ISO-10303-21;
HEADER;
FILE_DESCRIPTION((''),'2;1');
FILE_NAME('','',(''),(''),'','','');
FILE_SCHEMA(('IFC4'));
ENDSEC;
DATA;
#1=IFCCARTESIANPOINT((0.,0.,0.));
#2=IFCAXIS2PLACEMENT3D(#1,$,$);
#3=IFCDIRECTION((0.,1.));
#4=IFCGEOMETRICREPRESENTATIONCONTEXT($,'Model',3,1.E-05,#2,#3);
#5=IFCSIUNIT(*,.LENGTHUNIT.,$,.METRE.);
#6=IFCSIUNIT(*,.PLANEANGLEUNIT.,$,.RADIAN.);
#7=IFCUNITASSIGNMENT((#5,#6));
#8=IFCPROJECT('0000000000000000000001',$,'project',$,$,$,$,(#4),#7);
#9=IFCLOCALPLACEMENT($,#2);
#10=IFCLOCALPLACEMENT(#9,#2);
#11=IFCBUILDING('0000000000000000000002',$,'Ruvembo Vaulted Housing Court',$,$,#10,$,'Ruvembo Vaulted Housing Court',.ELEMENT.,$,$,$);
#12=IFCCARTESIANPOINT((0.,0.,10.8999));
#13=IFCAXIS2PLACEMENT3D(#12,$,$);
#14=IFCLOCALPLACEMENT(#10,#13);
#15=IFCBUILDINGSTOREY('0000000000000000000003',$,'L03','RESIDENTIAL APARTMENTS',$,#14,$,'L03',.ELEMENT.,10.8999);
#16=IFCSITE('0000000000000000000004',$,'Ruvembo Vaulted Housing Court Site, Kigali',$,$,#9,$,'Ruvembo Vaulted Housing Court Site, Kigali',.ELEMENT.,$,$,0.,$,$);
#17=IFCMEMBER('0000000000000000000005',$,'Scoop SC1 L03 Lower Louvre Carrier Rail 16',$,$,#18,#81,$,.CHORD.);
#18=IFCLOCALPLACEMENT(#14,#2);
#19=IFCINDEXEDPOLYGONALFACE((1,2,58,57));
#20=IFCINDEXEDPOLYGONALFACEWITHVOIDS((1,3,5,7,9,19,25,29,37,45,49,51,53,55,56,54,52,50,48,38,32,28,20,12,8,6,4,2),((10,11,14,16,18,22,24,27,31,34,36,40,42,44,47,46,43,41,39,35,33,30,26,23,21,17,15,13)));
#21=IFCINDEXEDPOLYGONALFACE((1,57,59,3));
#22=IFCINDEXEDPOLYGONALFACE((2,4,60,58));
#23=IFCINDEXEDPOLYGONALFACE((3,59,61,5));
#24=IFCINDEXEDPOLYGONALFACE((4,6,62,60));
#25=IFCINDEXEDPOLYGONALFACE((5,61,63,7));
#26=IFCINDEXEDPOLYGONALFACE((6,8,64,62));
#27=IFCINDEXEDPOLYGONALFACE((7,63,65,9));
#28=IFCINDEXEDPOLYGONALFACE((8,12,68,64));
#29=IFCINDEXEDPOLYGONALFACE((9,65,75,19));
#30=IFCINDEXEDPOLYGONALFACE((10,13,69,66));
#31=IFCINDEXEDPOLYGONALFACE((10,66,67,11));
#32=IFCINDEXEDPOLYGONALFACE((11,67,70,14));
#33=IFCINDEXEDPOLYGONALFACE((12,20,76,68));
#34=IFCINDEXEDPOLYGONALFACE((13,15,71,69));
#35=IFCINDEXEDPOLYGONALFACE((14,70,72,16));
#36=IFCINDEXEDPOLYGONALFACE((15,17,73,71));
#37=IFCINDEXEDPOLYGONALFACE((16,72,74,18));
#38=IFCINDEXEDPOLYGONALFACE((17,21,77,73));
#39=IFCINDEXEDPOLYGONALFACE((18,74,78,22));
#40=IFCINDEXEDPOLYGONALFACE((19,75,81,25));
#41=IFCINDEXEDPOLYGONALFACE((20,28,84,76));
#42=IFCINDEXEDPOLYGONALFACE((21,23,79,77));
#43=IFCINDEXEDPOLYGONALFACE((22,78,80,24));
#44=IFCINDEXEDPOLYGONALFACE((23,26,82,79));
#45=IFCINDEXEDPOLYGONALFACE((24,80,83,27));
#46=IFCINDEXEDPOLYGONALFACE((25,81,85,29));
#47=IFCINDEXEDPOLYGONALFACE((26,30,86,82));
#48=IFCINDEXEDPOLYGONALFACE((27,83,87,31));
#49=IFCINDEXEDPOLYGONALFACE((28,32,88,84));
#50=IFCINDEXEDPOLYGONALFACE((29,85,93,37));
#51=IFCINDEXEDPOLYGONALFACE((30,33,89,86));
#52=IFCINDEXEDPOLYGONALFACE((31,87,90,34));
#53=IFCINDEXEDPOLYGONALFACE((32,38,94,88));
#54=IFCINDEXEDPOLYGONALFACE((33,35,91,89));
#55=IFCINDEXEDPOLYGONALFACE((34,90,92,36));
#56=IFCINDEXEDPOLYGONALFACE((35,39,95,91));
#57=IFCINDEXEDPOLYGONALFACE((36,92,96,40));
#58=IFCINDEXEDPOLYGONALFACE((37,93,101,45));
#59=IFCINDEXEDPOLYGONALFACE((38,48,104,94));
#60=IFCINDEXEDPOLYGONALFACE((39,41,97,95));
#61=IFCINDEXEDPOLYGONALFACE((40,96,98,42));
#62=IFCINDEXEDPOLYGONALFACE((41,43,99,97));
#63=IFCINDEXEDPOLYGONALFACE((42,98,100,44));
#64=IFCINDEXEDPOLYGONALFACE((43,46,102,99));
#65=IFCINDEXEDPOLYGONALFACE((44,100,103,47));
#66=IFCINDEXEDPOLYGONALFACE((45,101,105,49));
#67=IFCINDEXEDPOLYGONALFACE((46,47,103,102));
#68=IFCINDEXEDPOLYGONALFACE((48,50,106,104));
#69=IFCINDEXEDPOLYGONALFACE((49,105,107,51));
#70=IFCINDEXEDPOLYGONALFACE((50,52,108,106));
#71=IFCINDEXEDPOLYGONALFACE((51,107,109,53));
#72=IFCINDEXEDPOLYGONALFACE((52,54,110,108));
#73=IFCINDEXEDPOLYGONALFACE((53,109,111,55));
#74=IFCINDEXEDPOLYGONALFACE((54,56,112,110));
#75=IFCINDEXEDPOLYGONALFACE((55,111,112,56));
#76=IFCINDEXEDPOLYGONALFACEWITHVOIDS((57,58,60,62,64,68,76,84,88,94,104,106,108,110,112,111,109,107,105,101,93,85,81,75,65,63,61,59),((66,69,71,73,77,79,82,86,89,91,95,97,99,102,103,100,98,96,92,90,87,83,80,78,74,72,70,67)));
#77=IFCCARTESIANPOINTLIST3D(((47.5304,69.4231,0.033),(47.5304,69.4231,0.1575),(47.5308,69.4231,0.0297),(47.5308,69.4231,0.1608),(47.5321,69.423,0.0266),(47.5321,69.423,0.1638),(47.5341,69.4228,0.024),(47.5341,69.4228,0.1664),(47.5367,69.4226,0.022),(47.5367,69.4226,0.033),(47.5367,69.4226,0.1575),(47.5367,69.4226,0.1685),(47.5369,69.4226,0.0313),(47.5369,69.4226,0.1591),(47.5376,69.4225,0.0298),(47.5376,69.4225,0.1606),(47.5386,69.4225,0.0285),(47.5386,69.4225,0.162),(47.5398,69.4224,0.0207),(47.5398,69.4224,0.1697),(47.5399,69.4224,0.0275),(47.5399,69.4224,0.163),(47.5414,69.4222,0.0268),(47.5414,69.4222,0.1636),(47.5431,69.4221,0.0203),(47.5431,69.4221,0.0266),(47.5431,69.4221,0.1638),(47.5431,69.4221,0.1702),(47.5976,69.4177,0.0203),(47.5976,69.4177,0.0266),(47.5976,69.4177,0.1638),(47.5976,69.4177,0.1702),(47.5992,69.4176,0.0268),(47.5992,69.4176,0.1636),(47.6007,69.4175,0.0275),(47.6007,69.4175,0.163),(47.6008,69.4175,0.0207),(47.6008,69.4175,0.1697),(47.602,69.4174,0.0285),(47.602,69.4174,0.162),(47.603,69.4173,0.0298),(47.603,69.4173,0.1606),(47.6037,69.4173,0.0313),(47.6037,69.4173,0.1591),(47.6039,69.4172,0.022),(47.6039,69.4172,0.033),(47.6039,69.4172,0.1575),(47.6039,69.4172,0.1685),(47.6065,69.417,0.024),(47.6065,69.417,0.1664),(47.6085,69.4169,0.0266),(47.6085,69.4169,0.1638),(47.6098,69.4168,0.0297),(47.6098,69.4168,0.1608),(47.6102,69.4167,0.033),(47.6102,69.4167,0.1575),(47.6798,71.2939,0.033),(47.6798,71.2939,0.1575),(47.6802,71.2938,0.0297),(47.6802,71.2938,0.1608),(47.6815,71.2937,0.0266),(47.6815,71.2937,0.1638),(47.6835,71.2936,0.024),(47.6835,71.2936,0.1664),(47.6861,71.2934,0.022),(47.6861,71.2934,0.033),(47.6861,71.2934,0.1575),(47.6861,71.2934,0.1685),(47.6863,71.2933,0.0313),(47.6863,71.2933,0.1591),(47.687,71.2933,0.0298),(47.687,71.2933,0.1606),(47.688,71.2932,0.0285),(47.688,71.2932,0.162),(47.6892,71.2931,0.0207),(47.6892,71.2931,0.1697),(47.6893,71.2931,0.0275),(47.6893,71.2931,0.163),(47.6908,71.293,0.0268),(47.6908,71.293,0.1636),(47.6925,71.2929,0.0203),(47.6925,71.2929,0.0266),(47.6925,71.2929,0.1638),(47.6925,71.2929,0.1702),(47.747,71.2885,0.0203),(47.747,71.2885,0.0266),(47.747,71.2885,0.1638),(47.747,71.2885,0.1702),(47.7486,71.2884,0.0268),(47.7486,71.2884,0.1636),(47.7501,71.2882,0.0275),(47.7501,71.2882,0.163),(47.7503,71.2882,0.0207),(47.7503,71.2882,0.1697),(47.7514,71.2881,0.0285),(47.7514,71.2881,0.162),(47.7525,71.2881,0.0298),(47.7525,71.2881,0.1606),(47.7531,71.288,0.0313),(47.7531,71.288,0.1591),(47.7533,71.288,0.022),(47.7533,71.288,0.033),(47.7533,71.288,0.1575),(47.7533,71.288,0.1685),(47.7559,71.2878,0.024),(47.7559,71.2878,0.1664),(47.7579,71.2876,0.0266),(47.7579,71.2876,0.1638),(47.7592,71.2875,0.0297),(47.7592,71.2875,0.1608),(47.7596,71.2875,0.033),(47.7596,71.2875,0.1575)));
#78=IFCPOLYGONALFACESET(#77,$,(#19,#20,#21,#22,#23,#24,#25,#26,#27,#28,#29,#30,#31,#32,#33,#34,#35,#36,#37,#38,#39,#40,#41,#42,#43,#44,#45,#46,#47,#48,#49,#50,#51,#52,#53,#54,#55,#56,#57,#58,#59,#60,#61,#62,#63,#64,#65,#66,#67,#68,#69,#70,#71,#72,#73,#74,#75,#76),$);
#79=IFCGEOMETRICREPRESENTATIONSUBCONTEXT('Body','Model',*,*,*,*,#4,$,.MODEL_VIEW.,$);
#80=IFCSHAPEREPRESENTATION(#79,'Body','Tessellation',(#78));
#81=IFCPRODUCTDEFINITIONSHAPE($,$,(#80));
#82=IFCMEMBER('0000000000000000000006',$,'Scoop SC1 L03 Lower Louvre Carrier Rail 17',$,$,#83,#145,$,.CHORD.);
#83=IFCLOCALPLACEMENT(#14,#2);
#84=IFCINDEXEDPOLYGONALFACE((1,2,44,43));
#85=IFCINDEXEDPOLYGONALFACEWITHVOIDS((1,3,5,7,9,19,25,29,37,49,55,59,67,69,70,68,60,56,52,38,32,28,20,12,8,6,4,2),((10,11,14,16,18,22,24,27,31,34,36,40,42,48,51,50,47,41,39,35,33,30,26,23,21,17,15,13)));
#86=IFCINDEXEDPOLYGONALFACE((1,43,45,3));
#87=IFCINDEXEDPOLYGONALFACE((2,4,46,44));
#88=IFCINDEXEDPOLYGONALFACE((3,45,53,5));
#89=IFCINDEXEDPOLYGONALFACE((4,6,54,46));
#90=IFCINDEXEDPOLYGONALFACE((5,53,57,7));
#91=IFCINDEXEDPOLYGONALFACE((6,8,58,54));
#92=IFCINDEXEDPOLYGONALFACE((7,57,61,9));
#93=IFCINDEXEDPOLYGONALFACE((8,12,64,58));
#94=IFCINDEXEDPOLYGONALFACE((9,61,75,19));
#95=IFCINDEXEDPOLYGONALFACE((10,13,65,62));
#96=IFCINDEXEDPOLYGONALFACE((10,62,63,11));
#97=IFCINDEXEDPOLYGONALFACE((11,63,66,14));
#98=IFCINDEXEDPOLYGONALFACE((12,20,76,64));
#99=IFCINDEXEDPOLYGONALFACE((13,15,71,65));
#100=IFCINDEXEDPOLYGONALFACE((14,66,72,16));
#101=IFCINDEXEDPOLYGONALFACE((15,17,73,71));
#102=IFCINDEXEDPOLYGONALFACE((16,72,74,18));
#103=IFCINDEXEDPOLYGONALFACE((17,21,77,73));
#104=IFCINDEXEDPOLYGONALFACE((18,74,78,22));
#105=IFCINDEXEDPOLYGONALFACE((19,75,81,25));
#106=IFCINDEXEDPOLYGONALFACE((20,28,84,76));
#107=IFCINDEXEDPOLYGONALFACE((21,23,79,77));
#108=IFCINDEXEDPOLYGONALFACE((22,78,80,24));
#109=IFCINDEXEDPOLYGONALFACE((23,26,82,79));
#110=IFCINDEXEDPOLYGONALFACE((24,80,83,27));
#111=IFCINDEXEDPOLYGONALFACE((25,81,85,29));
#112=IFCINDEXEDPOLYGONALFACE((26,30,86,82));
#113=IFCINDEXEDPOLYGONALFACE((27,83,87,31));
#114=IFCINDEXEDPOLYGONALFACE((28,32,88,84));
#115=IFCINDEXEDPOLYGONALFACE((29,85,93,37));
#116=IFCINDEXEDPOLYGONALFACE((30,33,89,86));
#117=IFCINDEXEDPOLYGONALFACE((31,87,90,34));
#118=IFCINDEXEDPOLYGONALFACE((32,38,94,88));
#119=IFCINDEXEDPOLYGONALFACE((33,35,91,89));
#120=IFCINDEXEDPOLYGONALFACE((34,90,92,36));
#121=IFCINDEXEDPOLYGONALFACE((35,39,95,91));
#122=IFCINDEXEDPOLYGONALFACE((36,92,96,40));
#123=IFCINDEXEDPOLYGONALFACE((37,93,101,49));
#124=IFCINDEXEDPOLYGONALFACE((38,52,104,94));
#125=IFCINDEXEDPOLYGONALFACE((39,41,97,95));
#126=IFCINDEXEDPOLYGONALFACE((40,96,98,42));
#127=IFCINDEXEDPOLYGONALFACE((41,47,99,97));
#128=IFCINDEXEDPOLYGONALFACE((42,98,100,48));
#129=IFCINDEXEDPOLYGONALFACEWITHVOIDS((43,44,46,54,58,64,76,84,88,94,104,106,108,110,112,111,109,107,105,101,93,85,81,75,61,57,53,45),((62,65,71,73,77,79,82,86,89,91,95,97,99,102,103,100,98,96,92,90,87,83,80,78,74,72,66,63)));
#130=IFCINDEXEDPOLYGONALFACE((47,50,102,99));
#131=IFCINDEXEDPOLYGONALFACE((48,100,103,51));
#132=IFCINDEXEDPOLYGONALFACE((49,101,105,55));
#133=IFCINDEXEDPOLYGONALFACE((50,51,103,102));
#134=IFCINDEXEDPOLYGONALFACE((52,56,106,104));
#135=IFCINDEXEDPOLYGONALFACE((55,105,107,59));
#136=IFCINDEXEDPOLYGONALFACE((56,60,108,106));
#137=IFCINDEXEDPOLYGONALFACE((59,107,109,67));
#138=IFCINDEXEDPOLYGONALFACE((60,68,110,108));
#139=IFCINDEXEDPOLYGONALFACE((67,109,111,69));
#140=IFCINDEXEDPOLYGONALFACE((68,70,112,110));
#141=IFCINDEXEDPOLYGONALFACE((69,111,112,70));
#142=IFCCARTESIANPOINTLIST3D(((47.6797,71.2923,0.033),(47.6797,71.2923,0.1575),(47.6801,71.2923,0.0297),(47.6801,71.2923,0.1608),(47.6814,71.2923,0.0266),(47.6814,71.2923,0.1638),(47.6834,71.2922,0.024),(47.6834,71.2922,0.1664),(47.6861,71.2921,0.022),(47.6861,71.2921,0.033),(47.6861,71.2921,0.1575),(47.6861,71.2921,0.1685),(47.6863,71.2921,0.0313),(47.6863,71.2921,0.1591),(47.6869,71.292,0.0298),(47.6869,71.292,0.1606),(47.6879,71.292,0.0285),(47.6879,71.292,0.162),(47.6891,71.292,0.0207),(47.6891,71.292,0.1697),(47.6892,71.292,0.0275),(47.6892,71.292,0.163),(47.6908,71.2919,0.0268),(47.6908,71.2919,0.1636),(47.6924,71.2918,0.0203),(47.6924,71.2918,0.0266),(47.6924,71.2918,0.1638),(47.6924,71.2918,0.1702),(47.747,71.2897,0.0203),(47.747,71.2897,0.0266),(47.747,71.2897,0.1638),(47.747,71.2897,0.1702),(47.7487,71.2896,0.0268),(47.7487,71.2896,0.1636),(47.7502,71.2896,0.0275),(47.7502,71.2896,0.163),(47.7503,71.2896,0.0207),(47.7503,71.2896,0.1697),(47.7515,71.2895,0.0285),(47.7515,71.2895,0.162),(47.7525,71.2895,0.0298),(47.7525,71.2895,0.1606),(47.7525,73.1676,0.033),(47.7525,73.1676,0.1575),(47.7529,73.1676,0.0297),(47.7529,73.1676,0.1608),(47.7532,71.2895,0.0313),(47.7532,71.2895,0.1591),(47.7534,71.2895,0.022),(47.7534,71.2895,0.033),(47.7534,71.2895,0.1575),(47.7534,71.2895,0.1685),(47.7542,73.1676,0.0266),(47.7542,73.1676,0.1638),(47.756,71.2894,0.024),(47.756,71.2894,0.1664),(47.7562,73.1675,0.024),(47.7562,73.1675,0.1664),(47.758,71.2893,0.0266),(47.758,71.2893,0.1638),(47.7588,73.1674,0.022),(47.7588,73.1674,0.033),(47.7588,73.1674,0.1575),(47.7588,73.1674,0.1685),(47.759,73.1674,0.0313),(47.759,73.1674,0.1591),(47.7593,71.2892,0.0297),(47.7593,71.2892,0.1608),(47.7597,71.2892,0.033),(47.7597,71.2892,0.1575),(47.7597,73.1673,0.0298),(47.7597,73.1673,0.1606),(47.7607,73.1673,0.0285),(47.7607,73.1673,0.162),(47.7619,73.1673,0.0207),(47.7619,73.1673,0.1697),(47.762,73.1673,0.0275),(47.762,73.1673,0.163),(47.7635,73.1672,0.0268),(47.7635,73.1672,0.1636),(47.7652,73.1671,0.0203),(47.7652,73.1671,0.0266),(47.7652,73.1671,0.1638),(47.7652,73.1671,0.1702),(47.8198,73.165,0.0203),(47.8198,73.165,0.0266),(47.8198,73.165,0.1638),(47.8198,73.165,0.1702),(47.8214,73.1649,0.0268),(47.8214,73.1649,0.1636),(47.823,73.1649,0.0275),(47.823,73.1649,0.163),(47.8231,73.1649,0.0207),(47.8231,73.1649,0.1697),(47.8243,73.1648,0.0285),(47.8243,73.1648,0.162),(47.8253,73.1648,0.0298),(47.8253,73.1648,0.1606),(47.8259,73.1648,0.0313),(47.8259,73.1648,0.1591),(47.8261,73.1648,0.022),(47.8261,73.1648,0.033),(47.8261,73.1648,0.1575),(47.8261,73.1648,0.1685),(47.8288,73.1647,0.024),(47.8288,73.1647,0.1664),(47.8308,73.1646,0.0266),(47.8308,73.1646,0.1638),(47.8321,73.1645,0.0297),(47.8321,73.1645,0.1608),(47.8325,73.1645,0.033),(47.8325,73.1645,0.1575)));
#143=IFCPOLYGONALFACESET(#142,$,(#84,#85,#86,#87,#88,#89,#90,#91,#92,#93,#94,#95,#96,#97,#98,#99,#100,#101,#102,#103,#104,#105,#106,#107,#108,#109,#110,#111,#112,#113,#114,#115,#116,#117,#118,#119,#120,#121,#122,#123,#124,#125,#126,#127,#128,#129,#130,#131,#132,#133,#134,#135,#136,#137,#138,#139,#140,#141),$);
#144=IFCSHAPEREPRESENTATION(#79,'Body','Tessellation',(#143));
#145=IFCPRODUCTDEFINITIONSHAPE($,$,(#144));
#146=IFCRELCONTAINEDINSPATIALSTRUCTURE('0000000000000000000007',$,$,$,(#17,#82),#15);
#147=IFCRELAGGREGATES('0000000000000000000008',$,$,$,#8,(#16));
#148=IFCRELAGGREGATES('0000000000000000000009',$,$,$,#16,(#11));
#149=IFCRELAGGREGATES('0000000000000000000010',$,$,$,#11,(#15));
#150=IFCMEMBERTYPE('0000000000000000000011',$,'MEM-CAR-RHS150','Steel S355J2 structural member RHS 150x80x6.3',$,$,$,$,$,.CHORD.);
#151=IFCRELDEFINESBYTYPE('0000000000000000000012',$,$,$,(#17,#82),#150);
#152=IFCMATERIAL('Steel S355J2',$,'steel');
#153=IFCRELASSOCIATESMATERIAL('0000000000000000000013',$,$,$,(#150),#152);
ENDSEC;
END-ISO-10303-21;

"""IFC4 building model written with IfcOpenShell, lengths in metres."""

from ifc_helpers import new_model, si_unit, direction, frame, origin, origin_2d, place, context, subcontext, project, spatial, hollow_rectangle, extrude, material, material_profile, profile_set, type_object, element, save


model = new_model("IFC4")

# Units and contexts
model_context = context("Model", 3, precision=1e-05, world=origin(), true_north=direction((0.0, 1.0)))
body_context = subcontext(model_context, "Body", "Model", "MODEL_VIEW")
ifc_project = project(units=[si_unit("LENGTHUNIT", "METRE"), si_unit("PLANEANGLEUNIT", "RADIAN")], contexts=[model_context])

# Site, building, storey
site_placement = place(None, origin())
site = spatial("IfcSite", under=ifc_project, at=site_placement, Name="Ruvembo Vaulted Housing Court Site, Kigali", LongName="Ruvembo Vaulted Housing Court Site, Kigali", CompositionType="ELEMENT", RefElevation=0.0)
building_placement = place(site_placement, origin())
building = spatial("IfcBuilding", under=site, at=building_placement, Name="Ruvembo Vaulted Housing Court", LongName="Ruvembo Vaulted Housing Court", CompositionType="ELEMENT")
storey_placement = place(building_placement, frame((0.0, 0.0, 10.8999)))
storey = spatial("IfcBuildingStorey", under=building, at=storey_placement, Name="L03", Description="RESIDENTIAL APARTMENTS", LongName="L03", CompositionType="ELEMENT", Elevation=10.8999)

# Shared definitions
ifc_material_1 = material(Name="Steel S355J2", Category="steel")

# Members
ifc_material_profile_1 = material_profile(ifc_material_1, hollow_rectangle(XDim=0.0801, YDim=0.1499, WallThickness=0.0063, InnerFilletRadius=0.0063, OuterFilletRadius=0.0127, at=origin_2d()), Name="RHS 150x80x6.3")
ifc_profile_set_1 = profile_set([ifc_material_profile_1], Name="Steel S355J2")
member_type_1 = type_object("IfcMemberType", Name="MEM-CAR-RHS150", Description="Steel S355J2 structural member RHS 150x80x6.3", PredefinedType="CHORD", material=ifc_profile_set_1)
for number, where, z_axis, x_axis, name in (
    (1, (47.5703, 69.4199, 0.0952), (0.079611, 0.996826, 0.0), (-0.996826, 0.079611, 0.0), "Scoop SC1 L03 Lower Louvre Carrier Rail 16"),
    (2, (47.7197, 71.2908, 0.0952), (0.038768, 0.999248, 0.0), (-0.999248, 0.038768, 0.0), "Scoop SC1 L03 Lower Louvre Carrier Rail 17"),
):
    element("IfcMember", number, at=place(storey_placement, frame(where, z_axis=z_axis, x_axis=x_axis)), inside=storey, type_object=member_type_1, Name=name, PredefinedType="CHORD", context=body_context, shape_type="SweptSolid", body=[
        extrude(hollow_rectangle(XDim=0.0801, YDim=0.1499, WallThickness=0.0063, InnerFilletRadius=0.0063, OuterFilletRadius=0.0127, at=origin_2d()), origin(), (0.0, 0.0, 1.0), 1.8767),
    ])

save(model, "model.ifc")
